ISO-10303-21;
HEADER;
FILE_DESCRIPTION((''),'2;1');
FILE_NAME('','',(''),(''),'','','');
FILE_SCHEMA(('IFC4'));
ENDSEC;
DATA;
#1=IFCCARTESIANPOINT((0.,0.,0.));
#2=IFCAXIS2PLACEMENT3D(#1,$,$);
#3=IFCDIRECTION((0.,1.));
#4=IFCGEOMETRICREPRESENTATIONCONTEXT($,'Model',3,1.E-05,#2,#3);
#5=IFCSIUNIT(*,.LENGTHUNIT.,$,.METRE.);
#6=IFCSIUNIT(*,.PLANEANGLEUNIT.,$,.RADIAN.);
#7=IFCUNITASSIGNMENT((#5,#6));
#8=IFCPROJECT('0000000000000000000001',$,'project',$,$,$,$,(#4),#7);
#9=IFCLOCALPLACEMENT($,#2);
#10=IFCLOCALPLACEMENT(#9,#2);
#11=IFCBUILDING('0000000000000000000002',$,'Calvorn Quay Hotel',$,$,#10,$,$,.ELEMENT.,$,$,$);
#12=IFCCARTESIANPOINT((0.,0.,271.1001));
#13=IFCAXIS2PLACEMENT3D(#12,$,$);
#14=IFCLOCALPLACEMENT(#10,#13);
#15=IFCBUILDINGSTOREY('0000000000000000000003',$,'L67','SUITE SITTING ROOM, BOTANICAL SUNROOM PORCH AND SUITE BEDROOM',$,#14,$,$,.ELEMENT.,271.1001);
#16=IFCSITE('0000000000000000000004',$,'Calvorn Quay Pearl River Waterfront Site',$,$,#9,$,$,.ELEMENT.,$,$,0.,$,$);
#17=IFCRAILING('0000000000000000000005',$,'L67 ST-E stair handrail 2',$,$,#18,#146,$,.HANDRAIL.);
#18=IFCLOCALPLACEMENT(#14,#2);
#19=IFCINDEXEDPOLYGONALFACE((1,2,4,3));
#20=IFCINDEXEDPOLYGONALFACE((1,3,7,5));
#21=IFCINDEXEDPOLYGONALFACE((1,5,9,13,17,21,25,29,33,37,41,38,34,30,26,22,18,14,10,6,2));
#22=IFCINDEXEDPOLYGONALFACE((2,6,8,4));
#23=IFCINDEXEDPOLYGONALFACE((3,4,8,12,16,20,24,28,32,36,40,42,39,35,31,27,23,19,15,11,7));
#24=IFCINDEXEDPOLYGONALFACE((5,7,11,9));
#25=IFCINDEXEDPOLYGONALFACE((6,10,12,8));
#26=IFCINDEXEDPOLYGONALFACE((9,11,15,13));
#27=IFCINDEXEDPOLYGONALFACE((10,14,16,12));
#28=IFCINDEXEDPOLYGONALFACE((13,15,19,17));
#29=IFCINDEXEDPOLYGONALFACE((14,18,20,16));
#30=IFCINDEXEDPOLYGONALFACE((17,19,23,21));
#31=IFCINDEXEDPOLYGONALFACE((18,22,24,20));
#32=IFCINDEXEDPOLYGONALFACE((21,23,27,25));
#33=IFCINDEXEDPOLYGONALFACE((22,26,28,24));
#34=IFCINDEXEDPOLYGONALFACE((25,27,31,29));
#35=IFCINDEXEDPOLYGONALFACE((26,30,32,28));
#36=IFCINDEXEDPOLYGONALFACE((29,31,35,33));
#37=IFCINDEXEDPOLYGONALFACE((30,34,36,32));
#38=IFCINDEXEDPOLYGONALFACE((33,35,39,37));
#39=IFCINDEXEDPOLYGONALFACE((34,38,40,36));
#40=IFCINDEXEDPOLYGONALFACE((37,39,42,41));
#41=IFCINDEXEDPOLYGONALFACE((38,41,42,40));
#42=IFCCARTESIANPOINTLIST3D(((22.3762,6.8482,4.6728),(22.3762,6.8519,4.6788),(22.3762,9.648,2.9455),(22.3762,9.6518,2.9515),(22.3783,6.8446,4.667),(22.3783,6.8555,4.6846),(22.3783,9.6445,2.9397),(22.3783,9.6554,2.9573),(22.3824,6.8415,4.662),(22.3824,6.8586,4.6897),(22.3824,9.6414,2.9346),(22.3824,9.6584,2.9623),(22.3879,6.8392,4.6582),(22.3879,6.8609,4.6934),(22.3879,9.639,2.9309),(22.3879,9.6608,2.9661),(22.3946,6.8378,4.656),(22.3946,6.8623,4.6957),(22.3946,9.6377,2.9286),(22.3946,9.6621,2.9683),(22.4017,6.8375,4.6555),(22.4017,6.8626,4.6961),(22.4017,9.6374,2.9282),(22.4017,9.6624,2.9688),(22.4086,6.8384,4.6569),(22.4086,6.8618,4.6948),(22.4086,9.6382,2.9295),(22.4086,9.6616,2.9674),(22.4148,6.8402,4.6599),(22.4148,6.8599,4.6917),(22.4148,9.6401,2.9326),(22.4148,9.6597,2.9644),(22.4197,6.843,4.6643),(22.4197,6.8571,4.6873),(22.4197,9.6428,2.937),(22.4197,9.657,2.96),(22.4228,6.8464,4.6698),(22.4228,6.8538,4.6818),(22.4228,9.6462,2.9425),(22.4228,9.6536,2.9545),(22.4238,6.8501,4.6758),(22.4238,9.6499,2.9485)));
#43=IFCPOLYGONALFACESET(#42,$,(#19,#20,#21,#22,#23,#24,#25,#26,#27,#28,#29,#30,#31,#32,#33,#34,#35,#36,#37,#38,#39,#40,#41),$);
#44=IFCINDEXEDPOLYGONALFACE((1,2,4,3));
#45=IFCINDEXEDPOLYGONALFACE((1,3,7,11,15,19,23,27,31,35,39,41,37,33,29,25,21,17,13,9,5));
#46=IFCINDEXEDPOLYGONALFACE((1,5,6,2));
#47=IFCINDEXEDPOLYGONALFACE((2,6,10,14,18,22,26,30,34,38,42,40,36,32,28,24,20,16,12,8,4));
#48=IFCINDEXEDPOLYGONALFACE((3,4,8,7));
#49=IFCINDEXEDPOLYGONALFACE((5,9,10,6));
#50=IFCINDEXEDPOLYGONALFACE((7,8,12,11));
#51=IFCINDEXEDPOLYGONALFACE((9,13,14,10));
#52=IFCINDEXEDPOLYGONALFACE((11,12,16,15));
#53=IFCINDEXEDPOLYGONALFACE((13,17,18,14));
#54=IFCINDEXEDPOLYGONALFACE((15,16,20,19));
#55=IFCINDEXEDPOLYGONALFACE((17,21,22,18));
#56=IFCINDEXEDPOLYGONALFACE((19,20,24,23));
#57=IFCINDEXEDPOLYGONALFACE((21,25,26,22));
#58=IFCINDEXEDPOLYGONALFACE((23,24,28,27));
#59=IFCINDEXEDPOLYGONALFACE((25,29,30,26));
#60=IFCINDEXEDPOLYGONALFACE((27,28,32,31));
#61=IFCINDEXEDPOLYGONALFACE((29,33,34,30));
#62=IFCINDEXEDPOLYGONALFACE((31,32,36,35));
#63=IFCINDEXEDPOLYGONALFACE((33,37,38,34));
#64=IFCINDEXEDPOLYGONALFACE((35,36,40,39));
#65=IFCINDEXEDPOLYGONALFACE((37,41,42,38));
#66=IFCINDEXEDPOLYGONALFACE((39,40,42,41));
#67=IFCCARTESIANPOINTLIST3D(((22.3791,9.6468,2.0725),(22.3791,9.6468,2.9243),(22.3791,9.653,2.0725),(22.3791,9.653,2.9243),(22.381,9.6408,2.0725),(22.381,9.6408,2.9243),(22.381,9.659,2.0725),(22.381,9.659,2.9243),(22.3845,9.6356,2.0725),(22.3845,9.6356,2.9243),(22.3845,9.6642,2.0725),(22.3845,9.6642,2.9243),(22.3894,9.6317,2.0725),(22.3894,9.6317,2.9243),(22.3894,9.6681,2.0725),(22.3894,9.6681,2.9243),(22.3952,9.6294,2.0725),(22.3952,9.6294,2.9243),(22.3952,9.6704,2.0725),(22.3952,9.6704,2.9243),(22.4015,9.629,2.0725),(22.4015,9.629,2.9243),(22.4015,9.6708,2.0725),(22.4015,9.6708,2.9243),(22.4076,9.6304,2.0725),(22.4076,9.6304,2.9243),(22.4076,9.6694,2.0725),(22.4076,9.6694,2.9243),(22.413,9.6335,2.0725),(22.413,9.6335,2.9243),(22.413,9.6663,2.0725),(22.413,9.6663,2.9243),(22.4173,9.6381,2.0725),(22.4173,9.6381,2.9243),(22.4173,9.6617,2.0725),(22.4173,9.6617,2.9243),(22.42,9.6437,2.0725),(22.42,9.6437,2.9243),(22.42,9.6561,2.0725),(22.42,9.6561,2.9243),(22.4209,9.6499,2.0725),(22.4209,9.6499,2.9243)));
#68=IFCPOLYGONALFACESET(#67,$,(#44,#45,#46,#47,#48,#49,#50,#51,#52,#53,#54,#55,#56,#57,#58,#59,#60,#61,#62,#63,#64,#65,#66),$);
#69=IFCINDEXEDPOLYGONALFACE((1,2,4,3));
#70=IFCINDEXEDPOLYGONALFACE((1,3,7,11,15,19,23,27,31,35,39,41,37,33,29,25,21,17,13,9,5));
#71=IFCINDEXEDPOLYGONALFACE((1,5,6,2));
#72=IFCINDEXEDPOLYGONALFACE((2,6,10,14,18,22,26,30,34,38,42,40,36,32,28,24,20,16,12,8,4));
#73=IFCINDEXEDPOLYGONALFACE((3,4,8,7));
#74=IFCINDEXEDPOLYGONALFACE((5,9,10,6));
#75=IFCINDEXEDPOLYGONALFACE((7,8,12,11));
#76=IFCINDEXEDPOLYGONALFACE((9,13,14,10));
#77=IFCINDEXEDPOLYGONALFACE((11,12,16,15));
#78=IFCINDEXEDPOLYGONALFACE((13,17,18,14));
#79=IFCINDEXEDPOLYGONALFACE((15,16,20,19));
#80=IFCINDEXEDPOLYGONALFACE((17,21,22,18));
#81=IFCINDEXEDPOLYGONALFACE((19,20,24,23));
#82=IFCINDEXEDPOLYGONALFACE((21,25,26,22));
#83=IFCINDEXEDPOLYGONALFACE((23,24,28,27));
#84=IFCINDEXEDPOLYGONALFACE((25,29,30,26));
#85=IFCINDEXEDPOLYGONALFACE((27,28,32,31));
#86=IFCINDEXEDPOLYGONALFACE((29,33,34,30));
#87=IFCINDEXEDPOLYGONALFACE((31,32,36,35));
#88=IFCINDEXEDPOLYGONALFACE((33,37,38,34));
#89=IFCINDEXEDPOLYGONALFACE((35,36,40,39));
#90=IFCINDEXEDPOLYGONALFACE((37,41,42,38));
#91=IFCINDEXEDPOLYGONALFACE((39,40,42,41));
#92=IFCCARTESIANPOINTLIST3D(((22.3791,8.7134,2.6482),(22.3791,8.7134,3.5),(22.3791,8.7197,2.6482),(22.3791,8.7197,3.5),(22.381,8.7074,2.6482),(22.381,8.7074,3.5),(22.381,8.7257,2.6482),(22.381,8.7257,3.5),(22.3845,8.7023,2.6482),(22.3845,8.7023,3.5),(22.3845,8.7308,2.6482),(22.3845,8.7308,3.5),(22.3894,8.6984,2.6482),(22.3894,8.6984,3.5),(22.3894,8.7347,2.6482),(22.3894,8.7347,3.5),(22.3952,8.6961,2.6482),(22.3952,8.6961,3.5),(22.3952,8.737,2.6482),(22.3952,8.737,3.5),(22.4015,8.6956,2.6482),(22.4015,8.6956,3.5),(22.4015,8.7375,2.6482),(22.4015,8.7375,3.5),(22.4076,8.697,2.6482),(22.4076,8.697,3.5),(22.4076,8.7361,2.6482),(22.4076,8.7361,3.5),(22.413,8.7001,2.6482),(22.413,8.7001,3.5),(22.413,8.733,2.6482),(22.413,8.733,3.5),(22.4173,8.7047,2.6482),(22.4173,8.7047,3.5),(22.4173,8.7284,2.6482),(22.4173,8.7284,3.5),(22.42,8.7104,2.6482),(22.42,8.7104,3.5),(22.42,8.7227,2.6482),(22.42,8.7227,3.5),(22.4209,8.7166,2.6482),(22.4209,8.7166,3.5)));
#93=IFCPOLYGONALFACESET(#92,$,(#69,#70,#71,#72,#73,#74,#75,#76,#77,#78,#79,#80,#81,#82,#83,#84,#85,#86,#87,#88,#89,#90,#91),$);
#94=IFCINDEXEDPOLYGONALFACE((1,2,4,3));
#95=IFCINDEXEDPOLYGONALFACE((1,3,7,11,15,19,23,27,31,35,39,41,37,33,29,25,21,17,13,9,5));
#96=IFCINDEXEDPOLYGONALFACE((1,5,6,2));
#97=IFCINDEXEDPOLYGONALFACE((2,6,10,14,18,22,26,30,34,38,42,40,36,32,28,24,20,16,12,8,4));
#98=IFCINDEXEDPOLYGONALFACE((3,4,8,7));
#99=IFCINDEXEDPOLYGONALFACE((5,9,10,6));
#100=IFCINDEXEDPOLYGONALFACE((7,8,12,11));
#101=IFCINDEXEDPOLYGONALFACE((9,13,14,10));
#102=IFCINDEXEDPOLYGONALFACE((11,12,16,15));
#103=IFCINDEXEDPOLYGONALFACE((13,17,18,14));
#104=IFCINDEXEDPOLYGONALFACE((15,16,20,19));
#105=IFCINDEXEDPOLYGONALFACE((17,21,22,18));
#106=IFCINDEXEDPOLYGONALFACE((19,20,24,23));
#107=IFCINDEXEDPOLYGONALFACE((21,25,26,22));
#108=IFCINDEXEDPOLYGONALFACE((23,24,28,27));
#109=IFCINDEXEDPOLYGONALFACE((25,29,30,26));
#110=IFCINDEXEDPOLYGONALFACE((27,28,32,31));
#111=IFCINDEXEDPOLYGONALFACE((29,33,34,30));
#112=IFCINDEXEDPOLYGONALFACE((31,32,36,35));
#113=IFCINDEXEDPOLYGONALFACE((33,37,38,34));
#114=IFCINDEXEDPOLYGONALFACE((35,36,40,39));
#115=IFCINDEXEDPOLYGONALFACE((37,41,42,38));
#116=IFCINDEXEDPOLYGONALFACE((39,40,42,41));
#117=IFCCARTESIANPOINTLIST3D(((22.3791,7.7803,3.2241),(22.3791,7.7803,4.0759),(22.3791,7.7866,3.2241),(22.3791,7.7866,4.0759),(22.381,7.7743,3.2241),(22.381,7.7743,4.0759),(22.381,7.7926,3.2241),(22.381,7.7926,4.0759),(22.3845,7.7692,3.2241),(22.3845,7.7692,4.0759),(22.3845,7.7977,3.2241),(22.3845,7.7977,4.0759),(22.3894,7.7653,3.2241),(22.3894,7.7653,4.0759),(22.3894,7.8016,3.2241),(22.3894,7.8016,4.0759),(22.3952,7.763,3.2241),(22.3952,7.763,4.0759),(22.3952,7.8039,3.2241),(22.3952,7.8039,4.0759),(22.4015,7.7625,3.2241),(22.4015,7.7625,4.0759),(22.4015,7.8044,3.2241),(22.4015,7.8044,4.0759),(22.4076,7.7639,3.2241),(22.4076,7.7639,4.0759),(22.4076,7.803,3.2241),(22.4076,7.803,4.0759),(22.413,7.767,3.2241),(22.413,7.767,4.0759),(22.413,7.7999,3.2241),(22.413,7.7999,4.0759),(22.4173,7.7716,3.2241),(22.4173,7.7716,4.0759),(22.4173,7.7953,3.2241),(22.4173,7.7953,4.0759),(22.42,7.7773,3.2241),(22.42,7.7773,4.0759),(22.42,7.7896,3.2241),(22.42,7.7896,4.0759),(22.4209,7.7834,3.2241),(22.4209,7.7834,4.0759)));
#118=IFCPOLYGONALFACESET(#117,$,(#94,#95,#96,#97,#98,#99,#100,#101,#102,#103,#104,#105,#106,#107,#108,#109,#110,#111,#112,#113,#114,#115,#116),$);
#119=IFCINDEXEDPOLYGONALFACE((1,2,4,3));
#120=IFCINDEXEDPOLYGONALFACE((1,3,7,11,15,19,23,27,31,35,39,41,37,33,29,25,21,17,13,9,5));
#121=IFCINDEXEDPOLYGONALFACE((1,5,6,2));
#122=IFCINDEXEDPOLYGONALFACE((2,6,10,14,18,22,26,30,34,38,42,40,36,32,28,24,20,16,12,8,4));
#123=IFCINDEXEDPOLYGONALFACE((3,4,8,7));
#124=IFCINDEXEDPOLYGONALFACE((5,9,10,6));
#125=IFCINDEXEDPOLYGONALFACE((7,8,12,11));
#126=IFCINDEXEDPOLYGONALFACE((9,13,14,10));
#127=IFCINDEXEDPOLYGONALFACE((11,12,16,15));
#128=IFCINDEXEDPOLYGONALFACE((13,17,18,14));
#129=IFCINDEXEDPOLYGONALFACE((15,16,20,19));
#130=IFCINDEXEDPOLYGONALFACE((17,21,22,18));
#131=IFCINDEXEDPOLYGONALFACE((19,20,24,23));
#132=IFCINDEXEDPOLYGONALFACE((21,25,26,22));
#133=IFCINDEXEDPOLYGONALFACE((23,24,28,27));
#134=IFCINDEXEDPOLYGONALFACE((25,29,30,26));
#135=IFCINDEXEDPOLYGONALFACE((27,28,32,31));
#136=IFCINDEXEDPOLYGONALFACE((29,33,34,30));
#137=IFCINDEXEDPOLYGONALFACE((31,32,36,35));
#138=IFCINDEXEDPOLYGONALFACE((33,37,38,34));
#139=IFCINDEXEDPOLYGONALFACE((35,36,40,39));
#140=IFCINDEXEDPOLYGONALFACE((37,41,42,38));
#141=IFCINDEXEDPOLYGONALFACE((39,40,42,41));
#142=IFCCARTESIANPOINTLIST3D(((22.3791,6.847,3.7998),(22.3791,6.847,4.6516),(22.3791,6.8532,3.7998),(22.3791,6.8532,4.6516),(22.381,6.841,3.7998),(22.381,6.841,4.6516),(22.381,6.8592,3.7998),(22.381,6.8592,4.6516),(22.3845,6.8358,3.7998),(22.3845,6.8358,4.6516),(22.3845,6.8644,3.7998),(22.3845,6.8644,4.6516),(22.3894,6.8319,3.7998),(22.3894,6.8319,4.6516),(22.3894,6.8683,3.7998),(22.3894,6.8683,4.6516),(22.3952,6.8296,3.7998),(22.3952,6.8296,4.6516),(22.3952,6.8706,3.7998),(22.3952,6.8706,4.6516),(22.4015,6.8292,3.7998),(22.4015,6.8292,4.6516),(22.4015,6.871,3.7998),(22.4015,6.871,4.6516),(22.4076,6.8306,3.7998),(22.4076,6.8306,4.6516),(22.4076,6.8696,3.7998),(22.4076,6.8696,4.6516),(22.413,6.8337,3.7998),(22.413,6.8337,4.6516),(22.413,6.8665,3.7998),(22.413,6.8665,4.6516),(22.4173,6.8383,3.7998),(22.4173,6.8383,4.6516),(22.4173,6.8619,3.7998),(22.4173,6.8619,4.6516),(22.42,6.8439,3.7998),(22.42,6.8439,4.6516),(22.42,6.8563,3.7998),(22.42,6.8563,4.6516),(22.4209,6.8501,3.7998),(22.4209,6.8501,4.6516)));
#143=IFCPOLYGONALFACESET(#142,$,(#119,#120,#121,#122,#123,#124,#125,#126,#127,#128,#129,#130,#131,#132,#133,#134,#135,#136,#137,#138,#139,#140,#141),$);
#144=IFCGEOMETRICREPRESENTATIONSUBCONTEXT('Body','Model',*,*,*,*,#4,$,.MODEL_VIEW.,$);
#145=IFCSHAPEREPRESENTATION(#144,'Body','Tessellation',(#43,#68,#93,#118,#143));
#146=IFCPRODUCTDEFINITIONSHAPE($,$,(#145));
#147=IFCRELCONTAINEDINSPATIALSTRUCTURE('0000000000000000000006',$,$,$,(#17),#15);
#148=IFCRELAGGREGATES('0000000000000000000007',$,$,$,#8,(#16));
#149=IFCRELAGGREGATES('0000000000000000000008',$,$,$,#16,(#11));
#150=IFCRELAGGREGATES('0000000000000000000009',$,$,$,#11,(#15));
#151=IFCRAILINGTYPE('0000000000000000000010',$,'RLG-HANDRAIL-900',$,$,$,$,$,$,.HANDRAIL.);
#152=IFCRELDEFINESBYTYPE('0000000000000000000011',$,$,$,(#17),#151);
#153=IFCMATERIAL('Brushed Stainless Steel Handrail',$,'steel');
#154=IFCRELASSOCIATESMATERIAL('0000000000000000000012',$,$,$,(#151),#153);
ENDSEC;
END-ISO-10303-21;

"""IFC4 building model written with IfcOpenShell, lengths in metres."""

from ifc_helpers import new_model, si_unit, direction, frame, origin, origin_2d, place, context, subcontext, project, spatial, circle, extrude, material, type_object, element, save


model = new_model("IFC4")

# Units and contexts
model_context = context("Model", 3, precision=1e-05, world=origin(), true_north=direction((0.0, 1.0)))
body_context = subcontext(model_context, "Body", "Model", "MODEL_VIEW")
ifc_project = project(units=[si_unit("LENGTHUNIT", "METRE"), si_unit("PLANEANGLEUNIT", "RADIAN")], contexts=[model_context])

# Site, building, storey
site_placement = place(None, origin())
site = spatial("IfcSite", under=ifc_project, at=site_placement, Name="Calvorn Quay Pearl River Waterfront Site", CompositionType="ELEMENT", RefElevation=0.0)
building_placement = place(site_placement, origin())
building = spatial("IfcBuilding", under=site, at=building_placement, Name="Calvorn Quay Hotel", CompositionType="ELEMENT")
storey_placement = place(building_placement, frame((0.0, 0.0, 271.1001)))
storey = spatial("IfcBuildingStorey", under=building, at=storey_placement, Name="L67", Description="SUITE SITTING ROOM, BOTANICAL SUNROOM PORCH AND SUITE BEDROOM", CompositionType="ELEMENT", Elevation=271.1001)

# Railing
ifc_material_1 = material(Name="Brushed Stainless Steel Handrail", Category="steel")
railing_type_1 = type_object("IfcRailingType", Name="RLG-HANDRAIL-900", PredefinedType="HANDRAIL", material=ifc_material_1)
railing_1_placement = place(storey_placement, frame((22.3999, 9.6499, 2.0725)))
element("IfcRailing", 1, at=railing_1_placement, inside=storey, type_object=railing_type_1, Name="L67 ST-E stair handrail 2", PredefinedType="HANDRAIL", context=body_context, shape_type="SweptSolid", body=[
    extrude(circle(Radius=0.0239, at=origin_2d()), frame((0.0, 0.0, 0.876), z_axis=(0.0, -0.851069, 0.525054), x_axis=(1.0, 0.0, 0.0)), (0.0, 0.0, 1.0), 3.2898),
    extrude(circle(Radius=0.021, at=origin_2d()), origin(), (0.0, 0.0, 1.0), 0.8518),
    extrude(circle(Radius=0.021, at=origin_2d()), frame((0.0, -0.9333, 0.5757)), (0.0, 0.0, 1.0), 0.8518),
    extrude(circle(Radius=0.021, at=origin_2d()), frame((0.0, -1.8665, 1.1516)), (0.0, 0.0, 1.0), 0.8518),
    extrude(circle(Radius=0.021, at=origin_2d()), frame((0.0, -2.7998, 1.7273)), (0.0, 0.0, 1.0), 0.8518),
])

save(model, "model.ifc")
